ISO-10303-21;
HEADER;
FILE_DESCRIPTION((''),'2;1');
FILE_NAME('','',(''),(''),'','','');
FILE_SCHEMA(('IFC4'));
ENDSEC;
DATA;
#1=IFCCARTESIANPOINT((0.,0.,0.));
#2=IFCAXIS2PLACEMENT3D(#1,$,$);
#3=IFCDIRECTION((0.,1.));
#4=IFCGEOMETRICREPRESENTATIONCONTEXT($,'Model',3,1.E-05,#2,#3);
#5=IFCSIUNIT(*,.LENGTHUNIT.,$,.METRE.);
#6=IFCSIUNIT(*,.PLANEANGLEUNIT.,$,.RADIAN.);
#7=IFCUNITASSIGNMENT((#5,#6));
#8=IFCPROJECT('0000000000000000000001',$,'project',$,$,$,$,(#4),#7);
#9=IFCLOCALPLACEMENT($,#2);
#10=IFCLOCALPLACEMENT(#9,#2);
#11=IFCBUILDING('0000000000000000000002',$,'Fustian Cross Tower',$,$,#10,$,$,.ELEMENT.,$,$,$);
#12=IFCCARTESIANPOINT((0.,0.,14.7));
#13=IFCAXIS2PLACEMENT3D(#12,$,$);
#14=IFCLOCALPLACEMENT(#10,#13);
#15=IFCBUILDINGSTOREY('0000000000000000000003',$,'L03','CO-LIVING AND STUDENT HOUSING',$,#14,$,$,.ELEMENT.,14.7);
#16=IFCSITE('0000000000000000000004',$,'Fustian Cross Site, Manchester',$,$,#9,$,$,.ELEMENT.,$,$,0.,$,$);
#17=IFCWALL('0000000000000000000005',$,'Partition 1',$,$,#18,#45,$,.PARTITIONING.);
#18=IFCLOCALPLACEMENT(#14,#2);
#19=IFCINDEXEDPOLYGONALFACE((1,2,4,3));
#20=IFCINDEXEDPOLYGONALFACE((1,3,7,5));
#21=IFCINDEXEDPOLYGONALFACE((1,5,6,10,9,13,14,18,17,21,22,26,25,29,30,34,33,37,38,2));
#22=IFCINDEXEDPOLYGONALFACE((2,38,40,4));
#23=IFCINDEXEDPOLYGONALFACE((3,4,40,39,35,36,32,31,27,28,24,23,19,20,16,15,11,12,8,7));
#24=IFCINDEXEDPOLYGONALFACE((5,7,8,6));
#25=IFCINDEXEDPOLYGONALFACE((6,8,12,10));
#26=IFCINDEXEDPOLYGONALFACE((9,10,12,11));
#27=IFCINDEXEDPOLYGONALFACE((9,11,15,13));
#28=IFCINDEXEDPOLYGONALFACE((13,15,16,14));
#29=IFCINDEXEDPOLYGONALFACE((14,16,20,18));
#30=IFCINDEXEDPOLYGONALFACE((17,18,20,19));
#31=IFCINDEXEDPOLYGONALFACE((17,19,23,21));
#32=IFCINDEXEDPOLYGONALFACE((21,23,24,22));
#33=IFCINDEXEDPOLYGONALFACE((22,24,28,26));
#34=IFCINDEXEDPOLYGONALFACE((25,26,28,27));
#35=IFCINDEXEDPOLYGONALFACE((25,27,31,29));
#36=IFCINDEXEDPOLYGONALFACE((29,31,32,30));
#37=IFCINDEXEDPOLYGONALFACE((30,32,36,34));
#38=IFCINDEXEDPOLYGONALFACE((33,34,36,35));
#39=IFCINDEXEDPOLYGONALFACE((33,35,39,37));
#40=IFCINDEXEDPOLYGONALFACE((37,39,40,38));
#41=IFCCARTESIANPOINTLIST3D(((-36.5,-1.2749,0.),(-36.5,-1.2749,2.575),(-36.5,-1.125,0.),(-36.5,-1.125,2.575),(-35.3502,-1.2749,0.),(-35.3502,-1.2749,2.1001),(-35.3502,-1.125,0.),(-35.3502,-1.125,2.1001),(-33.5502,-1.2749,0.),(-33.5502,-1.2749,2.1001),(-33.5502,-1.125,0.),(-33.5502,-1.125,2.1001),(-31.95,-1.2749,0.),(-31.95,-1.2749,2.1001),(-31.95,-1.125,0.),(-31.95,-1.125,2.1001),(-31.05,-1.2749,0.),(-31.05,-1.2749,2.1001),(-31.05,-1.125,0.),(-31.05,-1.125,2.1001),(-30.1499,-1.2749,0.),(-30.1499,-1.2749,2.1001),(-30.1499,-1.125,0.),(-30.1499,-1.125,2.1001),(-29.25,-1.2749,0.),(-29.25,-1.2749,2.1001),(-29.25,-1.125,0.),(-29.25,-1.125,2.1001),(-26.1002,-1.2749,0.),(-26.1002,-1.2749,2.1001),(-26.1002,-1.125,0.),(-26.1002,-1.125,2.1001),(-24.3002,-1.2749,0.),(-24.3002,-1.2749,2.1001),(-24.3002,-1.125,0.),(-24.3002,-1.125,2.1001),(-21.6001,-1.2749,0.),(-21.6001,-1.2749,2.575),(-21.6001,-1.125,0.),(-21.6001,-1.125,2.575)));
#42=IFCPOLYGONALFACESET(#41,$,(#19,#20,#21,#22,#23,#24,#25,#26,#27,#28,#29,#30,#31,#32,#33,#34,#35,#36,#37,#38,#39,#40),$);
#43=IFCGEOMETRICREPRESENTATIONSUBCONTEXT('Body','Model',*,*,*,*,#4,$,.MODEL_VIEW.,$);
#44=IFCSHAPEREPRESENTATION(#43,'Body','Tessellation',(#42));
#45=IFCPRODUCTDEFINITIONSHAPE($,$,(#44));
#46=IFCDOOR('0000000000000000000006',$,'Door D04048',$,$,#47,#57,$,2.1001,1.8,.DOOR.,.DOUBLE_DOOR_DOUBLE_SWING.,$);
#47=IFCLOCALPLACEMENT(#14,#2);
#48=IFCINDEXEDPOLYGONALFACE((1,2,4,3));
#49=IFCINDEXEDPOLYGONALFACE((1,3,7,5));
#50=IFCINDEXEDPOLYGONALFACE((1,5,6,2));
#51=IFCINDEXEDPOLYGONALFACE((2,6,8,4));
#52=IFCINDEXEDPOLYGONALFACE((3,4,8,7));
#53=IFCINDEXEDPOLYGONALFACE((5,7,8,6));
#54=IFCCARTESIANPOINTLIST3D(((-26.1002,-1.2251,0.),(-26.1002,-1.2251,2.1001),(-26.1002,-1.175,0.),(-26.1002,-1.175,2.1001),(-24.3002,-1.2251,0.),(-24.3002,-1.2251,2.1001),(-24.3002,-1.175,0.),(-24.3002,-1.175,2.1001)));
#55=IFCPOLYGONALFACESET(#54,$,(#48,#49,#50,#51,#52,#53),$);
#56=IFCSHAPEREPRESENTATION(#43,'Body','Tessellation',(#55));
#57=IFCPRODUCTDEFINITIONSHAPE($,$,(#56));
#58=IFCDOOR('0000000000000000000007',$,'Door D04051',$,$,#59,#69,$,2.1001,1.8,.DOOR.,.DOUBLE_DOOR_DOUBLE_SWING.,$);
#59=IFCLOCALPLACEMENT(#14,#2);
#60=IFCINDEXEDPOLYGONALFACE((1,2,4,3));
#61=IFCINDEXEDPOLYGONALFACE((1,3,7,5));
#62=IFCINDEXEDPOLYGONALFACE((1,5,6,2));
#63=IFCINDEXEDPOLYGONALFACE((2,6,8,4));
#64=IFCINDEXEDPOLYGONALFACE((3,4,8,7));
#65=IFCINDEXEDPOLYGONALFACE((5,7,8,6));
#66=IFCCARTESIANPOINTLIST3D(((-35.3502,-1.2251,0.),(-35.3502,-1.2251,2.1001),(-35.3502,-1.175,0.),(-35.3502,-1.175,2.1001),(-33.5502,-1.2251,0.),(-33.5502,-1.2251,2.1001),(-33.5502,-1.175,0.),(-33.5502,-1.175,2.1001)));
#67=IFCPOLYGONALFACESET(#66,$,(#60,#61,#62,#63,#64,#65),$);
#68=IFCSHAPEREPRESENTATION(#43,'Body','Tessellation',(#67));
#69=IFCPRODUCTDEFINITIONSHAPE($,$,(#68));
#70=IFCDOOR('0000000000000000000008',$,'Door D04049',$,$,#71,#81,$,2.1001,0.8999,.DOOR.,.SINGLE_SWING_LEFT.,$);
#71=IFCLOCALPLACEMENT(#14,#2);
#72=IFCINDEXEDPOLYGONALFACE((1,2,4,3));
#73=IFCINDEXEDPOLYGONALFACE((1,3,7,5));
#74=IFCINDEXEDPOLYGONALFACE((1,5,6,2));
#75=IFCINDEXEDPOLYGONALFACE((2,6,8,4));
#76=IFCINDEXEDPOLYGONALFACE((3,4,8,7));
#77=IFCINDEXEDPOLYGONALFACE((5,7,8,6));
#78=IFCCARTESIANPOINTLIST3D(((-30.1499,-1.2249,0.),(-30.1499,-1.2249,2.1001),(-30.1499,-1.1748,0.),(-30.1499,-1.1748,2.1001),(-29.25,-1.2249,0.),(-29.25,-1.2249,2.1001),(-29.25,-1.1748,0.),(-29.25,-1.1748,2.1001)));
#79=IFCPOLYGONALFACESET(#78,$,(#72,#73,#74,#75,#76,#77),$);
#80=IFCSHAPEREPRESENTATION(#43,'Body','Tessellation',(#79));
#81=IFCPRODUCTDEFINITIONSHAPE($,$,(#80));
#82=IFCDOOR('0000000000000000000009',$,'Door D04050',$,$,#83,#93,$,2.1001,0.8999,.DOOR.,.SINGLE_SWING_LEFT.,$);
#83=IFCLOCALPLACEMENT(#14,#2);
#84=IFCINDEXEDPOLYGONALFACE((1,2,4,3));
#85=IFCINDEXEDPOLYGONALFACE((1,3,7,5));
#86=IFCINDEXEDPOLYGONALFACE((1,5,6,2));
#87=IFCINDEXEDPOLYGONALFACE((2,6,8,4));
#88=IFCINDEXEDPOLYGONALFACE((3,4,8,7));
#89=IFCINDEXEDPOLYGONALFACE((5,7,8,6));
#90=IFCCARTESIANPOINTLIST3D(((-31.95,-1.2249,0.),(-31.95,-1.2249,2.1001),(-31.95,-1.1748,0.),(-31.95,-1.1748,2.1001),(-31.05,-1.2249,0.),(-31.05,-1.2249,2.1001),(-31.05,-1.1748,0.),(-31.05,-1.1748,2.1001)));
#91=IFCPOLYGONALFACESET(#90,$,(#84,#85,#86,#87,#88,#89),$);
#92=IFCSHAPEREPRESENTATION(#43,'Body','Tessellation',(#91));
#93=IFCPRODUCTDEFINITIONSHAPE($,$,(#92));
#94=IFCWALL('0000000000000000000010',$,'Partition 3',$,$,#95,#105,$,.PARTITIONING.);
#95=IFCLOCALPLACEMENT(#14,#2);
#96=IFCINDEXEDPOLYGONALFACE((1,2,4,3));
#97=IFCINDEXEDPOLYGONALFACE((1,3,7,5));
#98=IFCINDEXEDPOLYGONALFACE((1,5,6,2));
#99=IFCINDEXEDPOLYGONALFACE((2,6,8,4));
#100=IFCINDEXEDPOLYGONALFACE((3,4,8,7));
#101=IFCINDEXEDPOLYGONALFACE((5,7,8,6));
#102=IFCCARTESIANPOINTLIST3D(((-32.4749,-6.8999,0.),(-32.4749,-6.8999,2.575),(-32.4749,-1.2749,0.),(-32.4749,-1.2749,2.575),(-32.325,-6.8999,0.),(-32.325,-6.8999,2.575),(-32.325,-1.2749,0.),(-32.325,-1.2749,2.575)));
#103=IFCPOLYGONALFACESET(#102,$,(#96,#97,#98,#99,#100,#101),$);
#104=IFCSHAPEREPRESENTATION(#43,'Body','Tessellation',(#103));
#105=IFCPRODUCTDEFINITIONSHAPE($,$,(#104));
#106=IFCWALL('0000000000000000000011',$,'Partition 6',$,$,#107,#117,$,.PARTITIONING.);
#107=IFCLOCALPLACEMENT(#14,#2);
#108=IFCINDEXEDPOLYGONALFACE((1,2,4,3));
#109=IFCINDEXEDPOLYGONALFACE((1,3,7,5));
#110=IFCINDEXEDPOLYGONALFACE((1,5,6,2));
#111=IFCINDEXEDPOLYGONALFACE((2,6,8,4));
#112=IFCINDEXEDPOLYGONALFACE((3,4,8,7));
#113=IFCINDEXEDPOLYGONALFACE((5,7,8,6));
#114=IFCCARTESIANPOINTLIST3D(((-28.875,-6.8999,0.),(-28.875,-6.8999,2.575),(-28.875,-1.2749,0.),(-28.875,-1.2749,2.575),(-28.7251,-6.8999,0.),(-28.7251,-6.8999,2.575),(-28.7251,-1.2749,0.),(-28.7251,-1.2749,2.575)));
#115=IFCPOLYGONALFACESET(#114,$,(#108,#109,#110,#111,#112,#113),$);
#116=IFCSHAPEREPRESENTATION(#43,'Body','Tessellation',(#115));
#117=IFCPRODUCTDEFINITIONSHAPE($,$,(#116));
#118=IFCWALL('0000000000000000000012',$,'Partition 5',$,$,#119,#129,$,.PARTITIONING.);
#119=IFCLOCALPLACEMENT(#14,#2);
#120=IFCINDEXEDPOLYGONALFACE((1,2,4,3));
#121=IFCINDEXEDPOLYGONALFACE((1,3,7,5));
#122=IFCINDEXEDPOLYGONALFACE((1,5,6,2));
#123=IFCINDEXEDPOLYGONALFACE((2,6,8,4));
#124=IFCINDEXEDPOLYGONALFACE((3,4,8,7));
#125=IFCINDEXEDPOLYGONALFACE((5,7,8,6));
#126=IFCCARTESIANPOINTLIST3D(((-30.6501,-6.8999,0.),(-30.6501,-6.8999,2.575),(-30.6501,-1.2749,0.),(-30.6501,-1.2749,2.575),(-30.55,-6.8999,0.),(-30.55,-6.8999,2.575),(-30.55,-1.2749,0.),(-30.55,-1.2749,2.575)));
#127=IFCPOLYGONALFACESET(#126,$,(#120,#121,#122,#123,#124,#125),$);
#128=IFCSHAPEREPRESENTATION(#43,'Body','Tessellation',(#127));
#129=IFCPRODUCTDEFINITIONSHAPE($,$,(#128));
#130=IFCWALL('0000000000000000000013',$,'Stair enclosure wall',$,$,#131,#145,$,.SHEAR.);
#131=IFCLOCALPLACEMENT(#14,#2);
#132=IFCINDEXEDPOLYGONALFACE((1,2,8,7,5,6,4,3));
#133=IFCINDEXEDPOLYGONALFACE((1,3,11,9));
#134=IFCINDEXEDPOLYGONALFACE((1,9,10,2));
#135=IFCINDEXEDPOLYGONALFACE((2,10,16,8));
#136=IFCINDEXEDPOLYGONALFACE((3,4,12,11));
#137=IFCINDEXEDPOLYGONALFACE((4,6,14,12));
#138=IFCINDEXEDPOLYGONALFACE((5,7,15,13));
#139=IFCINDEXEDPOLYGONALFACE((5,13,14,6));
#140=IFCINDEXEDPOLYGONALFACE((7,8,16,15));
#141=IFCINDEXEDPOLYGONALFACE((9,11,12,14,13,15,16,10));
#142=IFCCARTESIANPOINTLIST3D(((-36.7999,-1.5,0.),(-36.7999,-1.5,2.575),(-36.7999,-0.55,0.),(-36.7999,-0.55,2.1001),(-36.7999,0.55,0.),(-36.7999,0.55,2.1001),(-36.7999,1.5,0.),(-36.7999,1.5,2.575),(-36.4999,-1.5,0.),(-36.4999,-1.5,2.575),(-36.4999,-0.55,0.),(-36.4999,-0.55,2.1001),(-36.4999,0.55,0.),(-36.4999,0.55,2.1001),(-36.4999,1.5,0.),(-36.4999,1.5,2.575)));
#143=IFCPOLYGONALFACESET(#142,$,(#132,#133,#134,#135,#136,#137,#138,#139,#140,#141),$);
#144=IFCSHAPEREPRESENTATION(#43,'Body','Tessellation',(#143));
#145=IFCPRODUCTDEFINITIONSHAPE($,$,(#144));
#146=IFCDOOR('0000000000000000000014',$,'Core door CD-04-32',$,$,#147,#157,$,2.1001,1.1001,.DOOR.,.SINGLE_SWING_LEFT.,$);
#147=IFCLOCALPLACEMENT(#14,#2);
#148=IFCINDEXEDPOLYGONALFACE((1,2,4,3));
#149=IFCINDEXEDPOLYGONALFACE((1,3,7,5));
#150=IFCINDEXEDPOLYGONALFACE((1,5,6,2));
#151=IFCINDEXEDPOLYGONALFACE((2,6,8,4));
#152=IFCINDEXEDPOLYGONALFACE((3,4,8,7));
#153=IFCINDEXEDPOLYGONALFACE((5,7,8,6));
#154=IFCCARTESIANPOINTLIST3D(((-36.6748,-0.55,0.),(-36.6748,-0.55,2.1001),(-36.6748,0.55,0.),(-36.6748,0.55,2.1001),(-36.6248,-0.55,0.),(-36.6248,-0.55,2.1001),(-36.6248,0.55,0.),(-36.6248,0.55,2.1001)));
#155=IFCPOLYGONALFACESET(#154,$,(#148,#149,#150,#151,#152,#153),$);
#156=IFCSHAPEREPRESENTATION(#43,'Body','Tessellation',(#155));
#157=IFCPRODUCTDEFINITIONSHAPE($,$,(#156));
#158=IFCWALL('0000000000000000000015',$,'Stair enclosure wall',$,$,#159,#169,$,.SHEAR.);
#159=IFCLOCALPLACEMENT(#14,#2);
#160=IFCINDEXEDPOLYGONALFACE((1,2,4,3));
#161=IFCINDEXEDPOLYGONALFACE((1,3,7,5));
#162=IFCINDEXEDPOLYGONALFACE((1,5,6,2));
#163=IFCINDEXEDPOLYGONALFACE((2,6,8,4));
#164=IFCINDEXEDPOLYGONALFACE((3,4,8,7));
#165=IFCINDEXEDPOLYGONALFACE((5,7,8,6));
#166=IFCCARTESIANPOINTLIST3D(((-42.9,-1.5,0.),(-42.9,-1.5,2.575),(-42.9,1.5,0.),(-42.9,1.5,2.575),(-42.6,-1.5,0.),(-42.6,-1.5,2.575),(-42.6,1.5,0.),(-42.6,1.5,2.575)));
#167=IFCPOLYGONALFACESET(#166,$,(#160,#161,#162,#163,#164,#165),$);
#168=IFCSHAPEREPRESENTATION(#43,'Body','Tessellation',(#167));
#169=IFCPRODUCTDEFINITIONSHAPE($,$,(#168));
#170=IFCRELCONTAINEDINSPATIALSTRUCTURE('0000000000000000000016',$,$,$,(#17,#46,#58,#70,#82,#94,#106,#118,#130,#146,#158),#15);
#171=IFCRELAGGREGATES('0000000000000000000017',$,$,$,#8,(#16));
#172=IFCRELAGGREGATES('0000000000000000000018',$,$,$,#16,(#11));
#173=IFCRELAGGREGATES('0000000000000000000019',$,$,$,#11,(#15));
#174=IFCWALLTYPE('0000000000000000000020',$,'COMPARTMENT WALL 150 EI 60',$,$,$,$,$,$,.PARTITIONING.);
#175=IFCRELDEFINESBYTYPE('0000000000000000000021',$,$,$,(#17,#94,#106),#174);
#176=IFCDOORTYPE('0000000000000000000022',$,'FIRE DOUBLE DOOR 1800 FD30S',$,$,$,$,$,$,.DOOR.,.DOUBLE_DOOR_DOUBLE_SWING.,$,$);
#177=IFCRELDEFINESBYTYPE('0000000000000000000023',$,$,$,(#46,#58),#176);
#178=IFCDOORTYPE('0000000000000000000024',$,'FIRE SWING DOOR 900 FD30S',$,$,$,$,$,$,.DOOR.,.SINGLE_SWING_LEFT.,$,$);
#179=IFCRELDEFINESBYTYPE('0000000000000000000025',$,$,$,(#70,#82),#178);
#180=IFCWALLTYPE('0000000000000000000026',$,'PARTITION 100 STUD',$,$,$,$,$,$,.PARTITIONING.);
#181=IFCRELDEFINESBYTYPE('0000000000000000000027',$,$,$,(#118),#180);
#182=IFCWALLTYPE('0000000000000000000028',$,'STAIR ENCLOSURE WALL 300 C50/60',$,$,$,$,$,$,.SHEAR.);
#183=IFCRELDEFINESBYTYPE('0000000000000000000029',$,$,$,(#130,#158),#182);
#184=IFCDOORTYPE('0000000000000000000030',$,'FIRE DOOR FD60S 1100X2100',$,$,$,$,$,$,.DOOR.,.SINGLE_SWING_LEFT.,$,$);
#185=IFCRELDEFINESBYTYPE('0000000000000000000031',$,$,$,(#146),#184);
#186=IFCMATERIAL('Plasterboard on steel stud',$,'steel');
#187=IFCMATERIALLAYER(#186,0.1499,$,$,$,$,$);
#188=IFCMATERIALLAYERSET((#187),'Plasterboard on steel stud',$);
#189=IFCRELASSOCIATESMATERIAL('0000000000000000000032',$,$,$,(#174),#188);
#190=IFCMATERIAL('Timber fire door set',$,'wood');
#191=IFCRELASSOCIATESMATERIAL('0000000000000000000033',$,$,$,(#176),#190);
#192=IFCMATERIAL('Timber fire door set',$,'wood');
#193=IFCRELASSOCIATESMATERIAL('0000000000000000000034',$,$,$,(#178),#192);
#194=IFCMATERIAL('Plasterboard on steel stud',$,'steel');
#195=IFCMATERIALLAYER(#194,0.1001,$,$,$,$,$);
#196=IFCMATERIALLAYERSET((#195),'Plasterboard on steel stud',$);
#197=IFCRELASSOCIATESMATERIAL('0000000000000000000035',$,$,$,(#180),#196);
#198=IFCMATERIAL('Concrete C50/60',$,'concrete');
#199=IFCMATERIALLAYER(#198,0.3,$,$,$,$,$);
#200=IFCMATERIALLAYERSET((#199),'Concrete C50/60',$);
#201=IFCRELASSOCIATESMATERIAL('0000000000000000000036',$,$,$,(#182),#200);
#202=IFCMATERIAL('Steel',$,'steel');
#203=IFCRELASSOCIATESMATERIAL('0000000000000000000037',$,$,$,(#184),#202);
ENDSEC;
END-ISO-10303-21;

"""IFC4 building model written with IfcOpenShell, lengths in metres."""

from ifc_helpers import new_model, si_unit, direction, frame, frame_2d, origin, place, context, subcontext, project, spatial, rectangle, extrude, material, layer, layer_set, type_object, element, fill, save


model = new_model("IFC4")

# Units and contexts
model_context = context("Model", 3, precision=1e-05, world=origin(), true_north=direction((0.0, 1.0)))
body_context = subcontext(model_context, "Body", "Model", "MODEL_VIEW")
ifc_project = project(units=[si_unit("LENGTHUNIT", "METRE"), si_unit("PLANEANGLEUNIT", "RADIAN")], contexts=[model_context])

# Site, building, storey
site_placement = place(None, origin())
site = spatial("IfcSite", under=ifc_project, at=site_placement, Name="Fustian Cross Site, Manchester", CompositionType="ELEMENT", RefElevation=0.0)
building_placement = place(site_placement, origin())
building = spatial("IfcBuilding", under=site, at=building_placement, Name="Fustian Cross Tower", CompositionType="ELEMENT")
storey_placement = place(building_placement, frame((0.0, 0.0, 14.7)))
storey = spatial("IfcBuildingStorey", under=building, at=storey_placement, Name="L03", Description="CO-LIVING AND STUDENT HOUSING", CompositionType="ELEMENT", Elevation=14.7)

# Wall, openings, doors
ifc_material_1 = material(Name="Plasterboard on steel stud", Category="steel")
ifc_layer_1 = layer(ifc_material_1, 0.1499)
ifc_layer_set_1 = layer_set([ifc_layer_1], Name="Plasterboard on steel stud")
wall_type_1 = type_object("IfcWallType", Name="COMPARTMENT WALL 150 EI 60", PredefinedType="PARTITIONING", material=ifc_layer_set_1)
wall_1_placement = place(storey_placement, frame((-36.5, -1.2, 0.0), z_axis=(0.0, 0.0, 1.0), x_axis=(1.0, 0.0, 0.0)))
wall_1 = element("IfcWall", 1, at=wall_1_placement, inside=storey, type_object=wall_type_1, Name="Partition 1", PredefinedType="PARTITIONING", context=body_context, shape_type="SweptSolid", body=[
    extrude(rectangle(XDim=14.8999, YDim=0.1499, at=frame_2d((7.45, 0.0))), origin(), (0.0, 0.0, 1.0), 2.575),
])
opening_1_placement = place(wall_1_placement, frame((10.3999, 0.0, 0.0)))
opening_1 = element("IfcOpeningElement", 2, at=opening_1_placement, cuts=wall_1, PredefinedType="OPENING", context=body_context, shape_type="SweptSolid", body=[
    extrude(rectangle(XDim=1.8, YDim=2.1001, at=frame_2d((0.8999, 1.05))), frame((0.0, 0.085, 0.0), z_axis=(0.0, -1.0, 0.0), x_axis=(1.0, 0.0, 0.0)), (0.0, 0.0, 1.0), 0.1699),
])
opening_2_placement = place(wall_1_placement, frame((6.3501, 0.0, 0.0)))
opening_2 = element("IfcOpeningElement", 3, at=opening_2_placement, cuts=wall_1, PredefinedType="OPENING", context=body_context, shape_type="SweptSolid", body=[
    extrude(rectangle(XDim=0.8999, YDim=2.1001, at=frame_2d((0.45, 1.05))), frame((0.0, 0.085, 0.0), z_axis=(0.0, -1.0, 0.0), x_axis=(1.0, 0.0, 0.0)), (0.0, 0.0, 1.0), 0.1699),
])
opening_3_placement = place(wall_1_placement, frame((4.55, 0.0, 0.0)))
opening_3 = element("IfcOpeningElement", 4, at=opening_3_placement, cuts=wall_1, PredefinedType="OPENING", context=body_context, shape_type="SweptSolid", body=[
    extrude(rectangle(XDim=0.8999, YDim=2.1001, at=frame_2d((0.45, 1.05))), frame((0.0, 0.085, 0.0), z_axis=(0.0, -1.0, 0.0), x_axis=(1.0, 0.0, 0.0)), (0.0, 0.0, 1.0), 0.1699),
])
opening_4_placement = place(wall_1_placement, frame((1.1499, 0.0, 0.0)))
opening_4 = element("IfcOpeningElement", 5, at=opening_4_placement, cuts=wall_1, PredefinedType="OPENING", context=body_context, shape_type="SweptSolid", body=[
    extrude(rectangle(XDim=1.8, YDim=2.1001, at=frame_2d((0.8999, 1.05))), frame((0.0, 0.085, 0.0), z_axis=(0.0, -1.0, 0.0), x_axis=(1.0, 0.0, 0.0)), (0.0, 0.0, 1.0), 0.1699),
])
ifc_material_2 = material(Name="Timber fire door set", Category="wood")
door_type_1 = type_object("IfcDoorType", Name="FIRE DOUBLE DOOR 1800 FD30S", OperationType="DOUBLE_DOOR_DOUBLE_SWING", PredefinedType="DOOR", material=ifc_material_2)
door_1_placement = place(opening_1_placement, origin())
door_1 = element("IfcDoor", 6, at=door_1_placement, inside=storey, type_object=door_type_1, Name="Door D04048", OperationType="DOUBLE_DOOR_DOUBLE_SWING", OverallHeight=2.1001, OverallWidth=1.8, PredefinedType="DOOR", context=body_context, shape_type="SweptSolid", body=[
    extrude(rectangle(XDim=1.8, YDim=2.1001, at=frame_2d((0.8999, 1.05))), frame((0.0, 0.0249, 0.0), z_axis=(0.0, -1.0, 0.0), x_axis=(1.0, 0.0, 0.0)), (0.0, 0.0, 1.0), 0.05),
])
fill(opening_1, door_1)
door_2_placement = place(opening_4_placement, origin())
door_2 = element("IfcDoor", 7, at=door_2_placement, inside=storey, type_object=door_type_1, Name="Door D04051", OperationType="DOUBLE_DOOR_DOUBLE_SWING", OverallHeight=2.1001, OverallWidth=1.8, PredefinedType="DOOR", context=body_context, shape_type="SweptSolid", body=[
    extrude(rectangle(XDim=1.8, YDim=2.1001, at=frame_2d((0.8999, 1.05))), frame((0.0, 0.0249, 0.0), z_axis=(0.0, -1.0, 0.0), x_axis=(1.0, 0.0, 0.0)), (0.0, 0.0, 1.0), 0.05),
])
fill(opening_4, door_2)
ifc_material_3 = material(Name="Timber fire door set", Category="wood")
door_type_2 = type_object("IfcDoorType", Name="FIRE SWING DOOR 900 FD30S", OperationType="SINGLE_SWING_LEFT", PredefinedType="DOOR", material=ifc_material_3)
door_3_placement = place(opening_2_placement, frame((0.8999, 0.0, 0.0), z_axis=(0.0, 0.0, 1.0), x_axis=(-1.0, 0.0, 0.0)))
door_3 = element("IfcDoor", 8, at=door_3_placement, inside=storey, type_object=door_type_2, Name="Door D04049", OperationType="SINGLE_SWING_LEFT", OverallHeight=2.1001, OverallWidth=0.8999, PredefinedType="DOOR", context=body_context, shape_type="SweptSolid", body=[
    extrude(rectangle(XDim=0.8999, YDim=2.1001, at=frame_2d((0.45, 1.05))), frame((0.0, 0.0249, 0.0), z_axis=(0.0, -1.0, 0.0), x_axis=(1.0, 0.0, 0.0)), (0.0, 0.0, 1.0), 0.05),
])
fill(opening_2, door_3)
door_4_placement = place(opening_3_placement, frame((0.8999, 0.0, 0.0), z_axis=(0.0, 0.0, 1.0), x_axis=(-1.0, 0.0, 0.0)))
door_4 = element("IfcDoor", 9, at=door_4_placement, inside=storey, type_object=door_type_2, Name="Door D04050", OperationType="SINGLE_SWING_LEFT", OverallHeight=2.1001, OverallWidth=0.8999, PredefinedType="DOOR", context=body_context, shape_type="SweptSolid", body=[
    extrude(rectangle(XDim=0.8999, YDim=2.1001, at=frame_2d((0.45, 1.05))), frame((0.0, 0.0249, 0.0), z_axis=(0.0, -1.0, 0.0), x_axis=(1.0, 0.0, 0.0)), (0.0, 0.0, 1.0), 0.05),
])
fill(opening_3, door_4)

# Walls
for number, where, z_axis, x_axis, name in (
    (10, (-32.3999, -6.8999, 0.0), (0.0, 0.0, 1.0), (0.0, 1.0, 0.0), "Partition 3"),
    (11, (-28.8, -6.8999, 0.0), (0.0, 0.0, 1.0), (0.0, 1.0, 0.0), "Partition 6"),
):
    element("IfcWall", number, at=place(storey_placement, frame(where, z_axis=z_axis, x_axis=x_axis)), inside=storey, type_object=wall_type_1, Name=name, PredefinedType="PARTITIONING", context=body_context, shape_type="SweptSolid", body=[
        extrude(rectangle(XDim=5.625, YDim=0.1499, at=frame_2d((2.8125, 0.0))), origin(), (0.0, 0.0, 1.0), 2.575),
    ])
ifc_material_4 = material(Name="Plasterboard on steel stud", Category="steel")
ifc_layer_2 = layer(ifc_material_4, 0.1001)
ifc_layer_set_2 = layer_set([ifc_layer_2], Name="Plasterboard on steel stud")
wall_type_2 = type_object("IfcWallType", Name="PARTITION 100 STUD", PredefinedType="PARTITIONING", material=ifc_layer_set_2)
wall_2_placement = place(storey_placement, frame((-30.6001, -6.8999, 0.0), z_axis=(0.0, 0.0, 1.0), x_axis=(0.0, 1.0, 0.0)))
element("IfcWall", 12, at=wall_2_placement, inside=storey, type_object=wall_type_2, Name="Partition 5", PredefinedType="PARTITIONING", context=body_context, shape_type="SweptSolid", body=[
    extrude(rectangle(XDim=5.625, YDim=0.1001, at=frame_2d((2.8125, 0.0))), origin(), (0.0, 0.0, 1.0), 2.575),
])

# Wall, opening, door
ifc_material_5 = material(Name="Concrete C50/60", Category="concrete")
ifc_layer_3 = layer(ifc_material_5, 0.3)
ifc_layer_set_3 = layer_set([ifc_layer_3], Name="Concrete C50/60")
wall_type_3 = type_object("IfcWallType", Name="STAIR ENCLOSURE WALL 300 C50/60", PredefinedType="SHEAR", material=ifc_layer_set_3)
wall_3_placement = place(storey_placement, frame((-36.6499, -1.5, 0.0), z_axis=(0.0, 0.0, 1.0), x_axis=(0.0, 1.0, 0.0)))
wall_3 = element("IfcWall", 13, at=wall_3_placement, inside=storey, type_object=wall_type_3, Name="Stair enclosure wall", PredefinedType="SHEAR", context=body_context, shape_type="SweptSolid", body=[
    extrude(rectangle(XDim=3.0, YDim=0.3, at=frame_2d((1.5, 0.0))), origin(), (0.0, 0.0, 1.0), 2.575),
])
opening_5_placement = place(wall_3_placement, frame((0.95, 0.0, 0.0)))
opening_5 = element("IfcOpeningElement", 14, at=opening_5_placement, cuts=wall_3, PredefinedType="OPENING", context=body_context, shape_type="SweptSolid", body=[
    extrude(rectangle(XDim=1.1001, YDim=2.1001, at=frame_2d((0.55, 1.05))), frame((0.0, 0.1599, 0.0), z_axis=(0.0, -1.0, 0.0), x_axis=(1.0, 0.0, 0.0)), (0.0, 0.0, 1.0), 0.3201),
])
ifc_material_6 = material(Name="Steel", Category="steel")
door_type_3 = type_object("IfcDoorType", Name="FIRE DOOR FD60S 1100X2100", OperationType="SINGLE_SWING_LEFT", PredefinedType="DOOR", material=ifc_material_6)
door_5_placement = place(opening_5_placement, origin())
door_5 = element("IfcDoor", 15, at=door_5_placement, inside=storey, type_object=door_type_3, Name="Core door CD-04-32", OperationType="SINGLE_SWING_LEFT", OverallHeight=2.1001, OverallWidth=1.1001, PredefinedType="DOOR", context=body_context, shape_type="SweptSolid", body=[
    extrude(rectangle(XDim=1.1001, YDim=2.1001, at=frame_2d((0.55, 1.05))), frame((0.0, 0.0249, 0.0), z_axis=(0.0, -1.0, 0.0), x_axis=(1.0, 0.0, 0.0)), (0.0, 0.0, 1.0), 0.05),
])
fill(opening_5, door_5)

# Wall
wall_4_placement = place(storey_placement, frame((-42.75, -1.5, 0.0), z_axis=(0.0, 0.0, 1.0), x_axis=(0.0, 1.0, 0.0)))
element("IfcWall", 16, at=wall_4_placement, inside=storey, type_object=wall_type_3, Name="Stair enclosure wall", PredefinedType="SHEAR", context=body_context, shape_type="SweptSolid", body=[
    extrude(rectangle(XDim=3.0, YDim=0.3, at=frame_2d((1.5, 0.0))), origin(), (0.0, 0.0, 1.0), 2.575),
])

save(model, "model.ifc")
